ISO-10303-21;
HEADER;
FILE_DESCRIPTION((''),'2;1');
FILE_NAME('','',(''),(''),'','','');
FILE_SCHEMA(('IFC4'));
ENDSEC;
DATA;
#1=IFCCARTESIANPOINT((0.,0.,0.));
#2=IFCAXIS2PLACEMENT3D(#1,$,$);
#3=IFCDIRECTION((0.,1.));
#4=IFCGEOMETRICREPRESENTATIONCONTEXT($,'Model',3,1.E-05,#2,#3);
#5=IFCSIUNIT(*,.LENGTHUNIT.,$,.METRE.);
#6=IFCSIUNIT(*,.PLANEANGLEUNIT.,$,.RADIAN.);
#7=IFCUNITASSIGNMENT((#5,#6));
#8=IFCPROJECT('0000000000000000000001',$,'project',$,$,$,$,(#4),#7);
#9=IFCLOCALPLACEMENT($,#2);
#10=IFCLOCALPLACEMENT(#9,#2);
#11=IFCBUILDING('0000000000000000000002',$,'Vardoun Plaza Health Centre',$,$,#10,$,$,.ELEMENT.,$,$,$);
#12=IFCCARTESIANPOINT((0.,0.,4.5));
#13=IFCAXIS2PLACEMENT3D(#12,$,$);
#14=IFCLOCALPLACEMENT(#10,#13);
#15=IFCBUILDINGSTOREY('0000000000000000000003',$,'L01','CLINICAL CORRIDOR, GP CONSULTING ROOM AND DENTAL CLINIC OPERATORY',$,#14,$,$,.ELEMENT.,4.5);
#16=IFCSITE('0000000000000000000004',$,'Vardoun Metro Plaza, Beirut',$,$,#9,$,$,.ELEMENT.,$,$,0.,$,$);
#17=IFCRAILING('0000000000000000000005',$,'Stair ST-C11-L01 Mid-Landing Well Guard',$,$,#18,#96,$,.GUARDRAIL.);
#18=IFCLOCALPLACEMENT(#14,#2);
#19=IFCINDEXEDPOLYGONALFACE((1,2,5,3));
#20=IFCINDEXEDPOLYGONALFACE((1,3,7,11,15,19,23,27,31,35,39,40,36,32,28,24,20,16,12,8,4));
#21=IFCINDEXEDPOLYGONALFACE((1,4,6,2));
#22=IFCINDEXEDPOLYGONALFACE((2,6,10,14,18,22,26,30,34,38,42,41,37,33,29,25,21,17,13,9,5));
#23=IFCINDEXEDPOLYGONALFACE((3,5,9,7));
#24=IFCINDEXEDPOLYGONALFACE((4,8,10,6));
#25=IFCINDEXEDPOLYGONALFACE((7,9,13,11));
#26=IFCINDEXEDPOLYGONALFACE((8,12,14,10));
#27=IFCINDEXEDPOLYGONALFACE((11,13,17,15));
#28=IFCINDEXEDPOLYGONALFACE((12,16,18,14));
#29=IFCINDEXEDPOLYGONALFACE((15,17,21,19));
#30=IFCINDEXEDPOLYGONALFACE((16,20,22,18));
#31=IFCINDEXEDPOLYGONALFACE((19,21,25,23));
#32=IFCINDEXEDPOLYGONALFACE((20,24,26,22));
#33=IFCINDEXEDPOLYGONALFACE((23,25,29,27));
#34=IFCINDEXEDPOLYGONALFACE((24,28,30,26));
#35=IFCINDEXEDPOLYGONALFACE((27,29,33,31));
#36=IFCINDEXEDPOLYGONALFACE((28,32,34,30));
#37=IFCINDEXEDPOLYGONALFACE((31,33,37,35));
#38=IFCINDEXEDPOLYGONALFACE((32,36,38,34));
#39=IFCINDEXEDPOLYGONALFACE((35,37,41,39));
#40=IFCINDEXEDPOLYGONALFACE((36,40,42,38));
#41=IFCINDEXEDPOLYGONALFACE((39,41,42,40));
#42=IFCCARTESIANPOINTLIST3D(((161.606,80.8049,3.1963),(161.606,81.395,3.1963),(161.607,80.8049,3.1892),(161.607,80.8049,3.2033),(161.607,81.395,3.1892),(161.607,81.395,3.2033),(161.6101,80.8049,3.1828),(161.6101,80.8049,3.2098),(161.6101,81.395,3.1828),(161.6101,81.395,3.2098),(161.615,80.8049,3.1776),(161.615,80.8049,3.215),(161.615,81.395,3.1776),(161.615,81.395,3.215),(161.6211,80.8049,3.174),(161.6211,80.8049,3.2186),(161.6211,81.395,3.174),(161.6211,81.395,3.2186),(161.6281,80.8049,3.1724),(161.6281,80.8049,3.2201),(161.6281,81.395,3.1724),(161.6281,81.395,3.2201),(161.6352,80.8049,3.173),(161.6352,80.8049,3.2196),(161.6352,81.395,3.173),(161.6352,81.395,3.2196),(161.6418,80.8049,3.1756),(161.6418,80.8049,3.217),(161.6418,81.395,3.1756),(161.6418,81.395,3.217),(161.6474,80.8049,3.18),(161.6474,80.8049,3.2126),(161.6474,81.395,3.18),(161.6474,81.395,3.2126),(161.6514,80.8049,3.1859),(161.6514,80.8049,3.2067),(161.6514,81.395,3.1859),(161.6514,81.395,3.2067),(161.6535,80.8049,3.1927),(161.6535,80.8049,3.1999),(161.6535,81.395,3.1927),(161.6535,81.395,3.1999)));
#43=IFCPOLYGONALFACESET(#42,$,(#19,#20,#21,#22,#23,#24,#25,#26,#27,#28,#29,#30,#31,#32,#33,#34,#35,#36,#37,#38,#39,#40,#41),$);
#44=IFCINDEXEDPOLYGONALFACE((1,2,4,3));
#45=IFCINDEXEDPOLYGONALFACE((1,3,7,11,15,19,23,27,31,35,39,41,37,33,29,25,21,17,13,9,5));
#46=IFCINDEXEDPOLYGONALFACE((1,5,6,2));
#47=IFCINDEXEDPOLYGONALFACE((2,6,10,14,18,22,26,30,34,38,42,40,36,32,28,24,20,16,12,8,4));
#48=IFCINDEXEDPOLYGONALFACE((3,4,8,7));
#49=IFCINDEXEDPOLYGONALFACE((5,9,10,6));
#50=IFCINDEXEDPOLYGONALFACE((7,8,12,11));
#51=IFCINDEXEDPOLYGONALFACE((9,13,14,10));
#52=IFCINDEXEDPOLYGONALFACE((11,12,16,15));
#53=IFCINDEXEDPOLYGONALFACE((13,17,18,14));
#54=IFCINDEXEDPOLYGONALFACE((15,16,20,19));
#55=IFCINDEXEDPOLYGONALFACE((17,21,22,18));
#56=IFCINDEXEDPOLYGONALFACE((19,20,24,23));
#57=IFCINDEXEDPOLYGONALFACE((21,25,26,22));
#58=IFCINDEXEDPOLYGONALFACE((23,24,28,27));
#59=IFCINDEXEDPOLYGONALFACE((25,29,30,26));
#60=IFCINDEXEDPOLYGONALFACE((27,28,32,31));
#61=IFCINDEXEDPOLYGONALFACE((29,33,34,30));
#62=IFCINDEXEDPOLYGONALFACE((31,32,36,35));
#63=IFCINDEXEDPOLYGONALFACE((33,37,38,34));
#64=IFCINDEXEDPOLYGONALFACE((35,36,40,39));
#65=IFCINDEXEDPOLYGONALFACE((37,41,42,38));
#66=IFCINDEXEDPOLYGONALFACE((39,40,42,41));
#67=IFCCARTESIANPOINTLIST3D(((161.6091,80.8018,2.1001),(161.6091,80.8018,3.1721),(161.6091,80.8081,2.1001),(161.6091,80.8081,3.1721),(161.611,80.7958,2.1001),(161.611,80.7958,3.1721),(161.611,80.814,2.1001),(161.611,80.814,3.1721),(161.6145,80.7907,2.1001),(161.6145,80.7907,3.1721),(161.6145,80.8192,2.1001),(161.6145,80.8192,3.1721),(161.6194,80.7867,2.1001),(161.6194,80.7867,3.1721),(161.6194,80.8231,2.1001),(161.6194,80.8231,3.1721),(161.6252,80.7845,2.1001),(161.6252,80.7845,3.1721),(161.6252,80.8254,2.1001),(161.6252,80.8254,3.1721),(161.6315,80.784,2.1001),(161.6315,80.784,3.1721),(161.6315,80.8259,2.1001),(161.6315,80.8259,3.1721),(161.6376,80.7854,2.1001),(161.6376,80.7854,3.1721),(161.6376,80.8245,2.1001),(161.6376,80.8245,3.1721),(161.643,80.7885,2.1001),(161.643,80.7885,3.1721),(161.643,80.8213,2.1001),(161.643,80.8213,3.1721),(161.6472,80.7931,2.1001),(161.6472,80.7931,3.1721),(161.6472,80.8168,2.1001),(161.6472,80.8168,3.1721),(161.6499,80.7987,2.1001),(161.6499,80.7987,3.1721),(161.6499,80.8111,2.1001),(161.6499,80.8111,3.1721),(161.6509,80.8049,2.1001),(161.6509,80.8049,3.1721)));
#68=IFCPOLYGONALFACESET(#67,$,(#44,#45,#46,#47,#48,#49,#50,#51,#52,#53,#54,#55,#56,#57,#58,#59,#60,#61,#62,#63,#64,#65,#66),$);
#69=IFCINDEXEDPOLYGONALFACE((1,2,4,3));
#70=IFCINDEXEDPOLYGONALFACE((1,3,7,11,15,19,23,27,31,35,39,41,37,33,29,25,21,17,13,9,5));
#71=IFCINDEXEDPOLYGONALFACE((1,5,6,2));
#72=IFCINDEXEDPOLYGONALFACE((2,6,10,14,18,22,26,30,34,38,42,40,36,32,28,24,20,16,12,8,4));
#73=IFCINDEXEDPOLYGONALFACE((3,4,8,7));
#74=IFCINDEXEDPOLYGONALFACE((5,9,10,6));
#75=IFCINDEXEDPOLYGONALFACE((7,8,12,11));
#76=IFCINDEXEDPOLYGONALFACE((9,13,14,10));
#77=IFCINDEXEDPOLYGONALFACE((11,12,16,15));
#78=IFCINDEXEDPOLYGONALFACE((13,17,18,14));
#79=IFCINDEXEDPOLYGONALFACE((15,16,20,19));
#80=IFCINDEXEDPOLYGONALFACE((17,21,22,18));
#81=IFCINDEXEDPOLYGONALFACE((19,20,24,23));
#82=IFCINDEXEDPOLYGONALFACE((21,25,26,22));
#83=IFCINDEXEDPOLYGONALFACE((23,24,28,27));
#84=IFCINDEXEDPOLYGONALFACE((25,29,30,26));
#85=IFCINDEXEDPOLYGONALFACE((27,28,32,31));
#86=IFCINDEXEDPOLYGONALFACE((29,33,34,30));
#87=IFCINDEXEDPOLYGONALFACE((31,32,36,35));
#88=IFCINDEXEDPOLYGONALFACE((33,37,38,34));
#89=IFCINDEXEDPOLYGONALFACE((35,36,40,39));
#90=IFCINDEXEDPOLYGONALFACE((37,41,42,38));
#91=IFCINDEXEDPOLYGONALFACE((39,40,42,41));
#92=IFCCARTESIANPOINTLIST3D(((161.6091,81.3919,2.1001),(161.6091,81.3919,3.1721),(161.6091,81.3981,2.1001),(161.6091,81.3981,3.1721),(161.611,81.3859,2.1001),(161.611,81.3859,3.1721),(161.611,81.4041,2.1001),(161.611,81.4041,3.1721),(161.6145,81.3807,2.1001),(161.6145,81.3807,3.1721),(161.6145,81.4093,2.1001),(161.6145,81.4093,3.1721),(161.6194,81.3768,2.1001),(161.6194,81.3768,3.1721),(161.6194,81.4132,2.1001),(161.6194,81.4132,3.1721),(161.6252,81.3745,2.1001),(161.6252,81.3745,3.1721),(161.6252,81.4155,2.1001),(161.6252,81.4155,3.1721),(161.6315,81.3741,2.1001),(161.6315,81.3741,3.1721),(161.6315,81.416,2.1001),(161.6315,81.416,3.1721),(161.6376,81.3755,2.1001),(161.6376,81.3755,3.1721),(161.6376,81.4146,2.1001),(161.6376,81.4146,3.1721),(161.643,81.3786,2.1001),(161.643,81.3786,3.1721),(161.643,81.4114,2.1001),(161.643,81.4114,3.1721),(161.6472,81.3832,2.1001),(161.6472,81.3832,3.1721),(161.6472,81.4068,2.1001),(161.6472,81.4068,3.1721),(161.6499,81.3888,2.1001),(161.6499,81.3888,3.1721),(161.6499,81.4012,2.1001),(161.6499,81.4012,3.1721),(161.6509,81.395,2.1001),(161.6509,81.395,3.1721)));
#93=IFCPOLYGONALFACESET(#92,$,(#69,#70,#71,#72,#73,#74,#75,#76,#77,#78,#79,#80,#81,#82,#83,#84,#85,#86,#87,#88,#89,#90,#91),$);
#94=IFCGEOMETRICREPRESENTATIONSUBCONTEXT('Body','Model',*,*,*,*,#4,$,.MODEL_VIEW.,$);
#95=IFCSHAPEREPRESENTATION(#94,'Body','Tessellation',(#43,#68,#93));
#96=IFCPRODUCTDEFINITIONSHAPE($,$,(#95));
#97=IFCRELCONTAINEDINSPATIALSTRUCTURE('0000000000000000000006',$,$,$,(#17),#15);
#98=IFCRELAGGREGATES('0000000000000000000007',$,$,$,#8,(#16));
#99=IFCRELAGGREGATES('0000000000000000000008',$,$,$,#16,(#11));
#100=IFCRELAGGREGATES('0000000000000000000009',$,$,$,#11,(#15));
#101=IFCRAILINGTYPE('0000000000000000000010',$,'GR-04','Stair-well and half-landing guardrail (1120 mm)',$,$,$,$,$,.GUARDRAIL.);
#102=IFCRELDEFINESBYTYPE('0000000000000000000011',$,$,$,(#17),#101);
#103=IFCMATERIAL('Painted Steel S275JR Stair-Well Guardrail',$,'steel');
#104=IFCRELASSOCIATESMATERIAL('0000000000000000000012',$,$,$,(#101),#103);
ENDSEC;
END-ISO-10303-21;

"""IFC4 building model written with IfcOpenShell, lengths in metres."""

from ifc_helpers import new_model, si_unit, direction, frame, origin, origin_2d, place, context, subcontext, project, spatial, circle, extrude, material, type_object, element, save


model = new_model("IFC4")

# Units and contexts
model_context = context("Model", 3, precision=1e-05, world=origin(), true_north=direction((0.0, 1.0)))
body_context = subcontext(model_context, "Body", "Model", "MODEL_VIEW")
ifc_project = project(units=[si_unit("LENGTHUNIT", "METRE"), si_unit("PLANEANGLEUNIT", "RADIAN")], contexts=[model_context])

# Site, building, storey
site_placement = place(None, origin())
site = spatial("IfcSite", under=ifc_project, at=site_placement, Name="Vardoun Metro Plaza, Beirut", CompositionType="ELEMENT", RefElevation=0.0)
building_placement = place(site_placement, origin())
building = spatial("IfcBuilding", under=site, at=building_placement, Name="Vardoun Plaza Health Centre", CompositionType="ELEMENT")
storey_placement = place(building_placement, frame((0.0, 0.0, 4.5)))
storey = spatial("IfcBuildingStorey", under=building, at=storey_placement, Name="L01", Description="CLINICAL CORRIDOR, GP CONSULTING ROOM AND DENTAL CLINIC OPERATORY", CompositionType="ELEMENT", Elevation=4.5)

# Railing
ifc_material_1 = material(Name="Painted Steel S275JR Stair-Well Guardrail", Category="steel")
railing_type_1 = type_object("IfcRailingType", Name="GR-04", Description="Stair-well and half-landing guardrail (1120 mm)", PredefinedType="GUARDRAIL", material=ifc_material_1)
railing_1_placement = place(storey_placement, frame((161.6299, 80.8049, 2.1001)))
element("IfcRailing", 1, at=railing_1_placement, inside=storey, type_object=railing_type_1, Name="Stair ST-C11-L01 Mid-Landing Well Guard", PredefinedType="GUARDRAIL", context=body_context, shape_type="SweptSolid", body=[
    extrude(circle(Radius=0.0239, at=origin_2d()), frame((0.0, 0.0, 1.0962), z_axis=(0.0, 1.0, 0.0), x_axis=(-1.0, 0.0, 0.0)), (0.0, 0.0, 1.0), 0.5901),
    extrude(circle(Radius=0.021, at=origin_2d()), origin(), (0.0, 0.0, 1.0), 1.072),
    extrude(circle(Radius=0.021, at=origin_2d()), frame((0.0, 0.5901, 0.0)), (0.0, 0.0, 1.0), 1.072),
])

save(model, "model.ifc")
